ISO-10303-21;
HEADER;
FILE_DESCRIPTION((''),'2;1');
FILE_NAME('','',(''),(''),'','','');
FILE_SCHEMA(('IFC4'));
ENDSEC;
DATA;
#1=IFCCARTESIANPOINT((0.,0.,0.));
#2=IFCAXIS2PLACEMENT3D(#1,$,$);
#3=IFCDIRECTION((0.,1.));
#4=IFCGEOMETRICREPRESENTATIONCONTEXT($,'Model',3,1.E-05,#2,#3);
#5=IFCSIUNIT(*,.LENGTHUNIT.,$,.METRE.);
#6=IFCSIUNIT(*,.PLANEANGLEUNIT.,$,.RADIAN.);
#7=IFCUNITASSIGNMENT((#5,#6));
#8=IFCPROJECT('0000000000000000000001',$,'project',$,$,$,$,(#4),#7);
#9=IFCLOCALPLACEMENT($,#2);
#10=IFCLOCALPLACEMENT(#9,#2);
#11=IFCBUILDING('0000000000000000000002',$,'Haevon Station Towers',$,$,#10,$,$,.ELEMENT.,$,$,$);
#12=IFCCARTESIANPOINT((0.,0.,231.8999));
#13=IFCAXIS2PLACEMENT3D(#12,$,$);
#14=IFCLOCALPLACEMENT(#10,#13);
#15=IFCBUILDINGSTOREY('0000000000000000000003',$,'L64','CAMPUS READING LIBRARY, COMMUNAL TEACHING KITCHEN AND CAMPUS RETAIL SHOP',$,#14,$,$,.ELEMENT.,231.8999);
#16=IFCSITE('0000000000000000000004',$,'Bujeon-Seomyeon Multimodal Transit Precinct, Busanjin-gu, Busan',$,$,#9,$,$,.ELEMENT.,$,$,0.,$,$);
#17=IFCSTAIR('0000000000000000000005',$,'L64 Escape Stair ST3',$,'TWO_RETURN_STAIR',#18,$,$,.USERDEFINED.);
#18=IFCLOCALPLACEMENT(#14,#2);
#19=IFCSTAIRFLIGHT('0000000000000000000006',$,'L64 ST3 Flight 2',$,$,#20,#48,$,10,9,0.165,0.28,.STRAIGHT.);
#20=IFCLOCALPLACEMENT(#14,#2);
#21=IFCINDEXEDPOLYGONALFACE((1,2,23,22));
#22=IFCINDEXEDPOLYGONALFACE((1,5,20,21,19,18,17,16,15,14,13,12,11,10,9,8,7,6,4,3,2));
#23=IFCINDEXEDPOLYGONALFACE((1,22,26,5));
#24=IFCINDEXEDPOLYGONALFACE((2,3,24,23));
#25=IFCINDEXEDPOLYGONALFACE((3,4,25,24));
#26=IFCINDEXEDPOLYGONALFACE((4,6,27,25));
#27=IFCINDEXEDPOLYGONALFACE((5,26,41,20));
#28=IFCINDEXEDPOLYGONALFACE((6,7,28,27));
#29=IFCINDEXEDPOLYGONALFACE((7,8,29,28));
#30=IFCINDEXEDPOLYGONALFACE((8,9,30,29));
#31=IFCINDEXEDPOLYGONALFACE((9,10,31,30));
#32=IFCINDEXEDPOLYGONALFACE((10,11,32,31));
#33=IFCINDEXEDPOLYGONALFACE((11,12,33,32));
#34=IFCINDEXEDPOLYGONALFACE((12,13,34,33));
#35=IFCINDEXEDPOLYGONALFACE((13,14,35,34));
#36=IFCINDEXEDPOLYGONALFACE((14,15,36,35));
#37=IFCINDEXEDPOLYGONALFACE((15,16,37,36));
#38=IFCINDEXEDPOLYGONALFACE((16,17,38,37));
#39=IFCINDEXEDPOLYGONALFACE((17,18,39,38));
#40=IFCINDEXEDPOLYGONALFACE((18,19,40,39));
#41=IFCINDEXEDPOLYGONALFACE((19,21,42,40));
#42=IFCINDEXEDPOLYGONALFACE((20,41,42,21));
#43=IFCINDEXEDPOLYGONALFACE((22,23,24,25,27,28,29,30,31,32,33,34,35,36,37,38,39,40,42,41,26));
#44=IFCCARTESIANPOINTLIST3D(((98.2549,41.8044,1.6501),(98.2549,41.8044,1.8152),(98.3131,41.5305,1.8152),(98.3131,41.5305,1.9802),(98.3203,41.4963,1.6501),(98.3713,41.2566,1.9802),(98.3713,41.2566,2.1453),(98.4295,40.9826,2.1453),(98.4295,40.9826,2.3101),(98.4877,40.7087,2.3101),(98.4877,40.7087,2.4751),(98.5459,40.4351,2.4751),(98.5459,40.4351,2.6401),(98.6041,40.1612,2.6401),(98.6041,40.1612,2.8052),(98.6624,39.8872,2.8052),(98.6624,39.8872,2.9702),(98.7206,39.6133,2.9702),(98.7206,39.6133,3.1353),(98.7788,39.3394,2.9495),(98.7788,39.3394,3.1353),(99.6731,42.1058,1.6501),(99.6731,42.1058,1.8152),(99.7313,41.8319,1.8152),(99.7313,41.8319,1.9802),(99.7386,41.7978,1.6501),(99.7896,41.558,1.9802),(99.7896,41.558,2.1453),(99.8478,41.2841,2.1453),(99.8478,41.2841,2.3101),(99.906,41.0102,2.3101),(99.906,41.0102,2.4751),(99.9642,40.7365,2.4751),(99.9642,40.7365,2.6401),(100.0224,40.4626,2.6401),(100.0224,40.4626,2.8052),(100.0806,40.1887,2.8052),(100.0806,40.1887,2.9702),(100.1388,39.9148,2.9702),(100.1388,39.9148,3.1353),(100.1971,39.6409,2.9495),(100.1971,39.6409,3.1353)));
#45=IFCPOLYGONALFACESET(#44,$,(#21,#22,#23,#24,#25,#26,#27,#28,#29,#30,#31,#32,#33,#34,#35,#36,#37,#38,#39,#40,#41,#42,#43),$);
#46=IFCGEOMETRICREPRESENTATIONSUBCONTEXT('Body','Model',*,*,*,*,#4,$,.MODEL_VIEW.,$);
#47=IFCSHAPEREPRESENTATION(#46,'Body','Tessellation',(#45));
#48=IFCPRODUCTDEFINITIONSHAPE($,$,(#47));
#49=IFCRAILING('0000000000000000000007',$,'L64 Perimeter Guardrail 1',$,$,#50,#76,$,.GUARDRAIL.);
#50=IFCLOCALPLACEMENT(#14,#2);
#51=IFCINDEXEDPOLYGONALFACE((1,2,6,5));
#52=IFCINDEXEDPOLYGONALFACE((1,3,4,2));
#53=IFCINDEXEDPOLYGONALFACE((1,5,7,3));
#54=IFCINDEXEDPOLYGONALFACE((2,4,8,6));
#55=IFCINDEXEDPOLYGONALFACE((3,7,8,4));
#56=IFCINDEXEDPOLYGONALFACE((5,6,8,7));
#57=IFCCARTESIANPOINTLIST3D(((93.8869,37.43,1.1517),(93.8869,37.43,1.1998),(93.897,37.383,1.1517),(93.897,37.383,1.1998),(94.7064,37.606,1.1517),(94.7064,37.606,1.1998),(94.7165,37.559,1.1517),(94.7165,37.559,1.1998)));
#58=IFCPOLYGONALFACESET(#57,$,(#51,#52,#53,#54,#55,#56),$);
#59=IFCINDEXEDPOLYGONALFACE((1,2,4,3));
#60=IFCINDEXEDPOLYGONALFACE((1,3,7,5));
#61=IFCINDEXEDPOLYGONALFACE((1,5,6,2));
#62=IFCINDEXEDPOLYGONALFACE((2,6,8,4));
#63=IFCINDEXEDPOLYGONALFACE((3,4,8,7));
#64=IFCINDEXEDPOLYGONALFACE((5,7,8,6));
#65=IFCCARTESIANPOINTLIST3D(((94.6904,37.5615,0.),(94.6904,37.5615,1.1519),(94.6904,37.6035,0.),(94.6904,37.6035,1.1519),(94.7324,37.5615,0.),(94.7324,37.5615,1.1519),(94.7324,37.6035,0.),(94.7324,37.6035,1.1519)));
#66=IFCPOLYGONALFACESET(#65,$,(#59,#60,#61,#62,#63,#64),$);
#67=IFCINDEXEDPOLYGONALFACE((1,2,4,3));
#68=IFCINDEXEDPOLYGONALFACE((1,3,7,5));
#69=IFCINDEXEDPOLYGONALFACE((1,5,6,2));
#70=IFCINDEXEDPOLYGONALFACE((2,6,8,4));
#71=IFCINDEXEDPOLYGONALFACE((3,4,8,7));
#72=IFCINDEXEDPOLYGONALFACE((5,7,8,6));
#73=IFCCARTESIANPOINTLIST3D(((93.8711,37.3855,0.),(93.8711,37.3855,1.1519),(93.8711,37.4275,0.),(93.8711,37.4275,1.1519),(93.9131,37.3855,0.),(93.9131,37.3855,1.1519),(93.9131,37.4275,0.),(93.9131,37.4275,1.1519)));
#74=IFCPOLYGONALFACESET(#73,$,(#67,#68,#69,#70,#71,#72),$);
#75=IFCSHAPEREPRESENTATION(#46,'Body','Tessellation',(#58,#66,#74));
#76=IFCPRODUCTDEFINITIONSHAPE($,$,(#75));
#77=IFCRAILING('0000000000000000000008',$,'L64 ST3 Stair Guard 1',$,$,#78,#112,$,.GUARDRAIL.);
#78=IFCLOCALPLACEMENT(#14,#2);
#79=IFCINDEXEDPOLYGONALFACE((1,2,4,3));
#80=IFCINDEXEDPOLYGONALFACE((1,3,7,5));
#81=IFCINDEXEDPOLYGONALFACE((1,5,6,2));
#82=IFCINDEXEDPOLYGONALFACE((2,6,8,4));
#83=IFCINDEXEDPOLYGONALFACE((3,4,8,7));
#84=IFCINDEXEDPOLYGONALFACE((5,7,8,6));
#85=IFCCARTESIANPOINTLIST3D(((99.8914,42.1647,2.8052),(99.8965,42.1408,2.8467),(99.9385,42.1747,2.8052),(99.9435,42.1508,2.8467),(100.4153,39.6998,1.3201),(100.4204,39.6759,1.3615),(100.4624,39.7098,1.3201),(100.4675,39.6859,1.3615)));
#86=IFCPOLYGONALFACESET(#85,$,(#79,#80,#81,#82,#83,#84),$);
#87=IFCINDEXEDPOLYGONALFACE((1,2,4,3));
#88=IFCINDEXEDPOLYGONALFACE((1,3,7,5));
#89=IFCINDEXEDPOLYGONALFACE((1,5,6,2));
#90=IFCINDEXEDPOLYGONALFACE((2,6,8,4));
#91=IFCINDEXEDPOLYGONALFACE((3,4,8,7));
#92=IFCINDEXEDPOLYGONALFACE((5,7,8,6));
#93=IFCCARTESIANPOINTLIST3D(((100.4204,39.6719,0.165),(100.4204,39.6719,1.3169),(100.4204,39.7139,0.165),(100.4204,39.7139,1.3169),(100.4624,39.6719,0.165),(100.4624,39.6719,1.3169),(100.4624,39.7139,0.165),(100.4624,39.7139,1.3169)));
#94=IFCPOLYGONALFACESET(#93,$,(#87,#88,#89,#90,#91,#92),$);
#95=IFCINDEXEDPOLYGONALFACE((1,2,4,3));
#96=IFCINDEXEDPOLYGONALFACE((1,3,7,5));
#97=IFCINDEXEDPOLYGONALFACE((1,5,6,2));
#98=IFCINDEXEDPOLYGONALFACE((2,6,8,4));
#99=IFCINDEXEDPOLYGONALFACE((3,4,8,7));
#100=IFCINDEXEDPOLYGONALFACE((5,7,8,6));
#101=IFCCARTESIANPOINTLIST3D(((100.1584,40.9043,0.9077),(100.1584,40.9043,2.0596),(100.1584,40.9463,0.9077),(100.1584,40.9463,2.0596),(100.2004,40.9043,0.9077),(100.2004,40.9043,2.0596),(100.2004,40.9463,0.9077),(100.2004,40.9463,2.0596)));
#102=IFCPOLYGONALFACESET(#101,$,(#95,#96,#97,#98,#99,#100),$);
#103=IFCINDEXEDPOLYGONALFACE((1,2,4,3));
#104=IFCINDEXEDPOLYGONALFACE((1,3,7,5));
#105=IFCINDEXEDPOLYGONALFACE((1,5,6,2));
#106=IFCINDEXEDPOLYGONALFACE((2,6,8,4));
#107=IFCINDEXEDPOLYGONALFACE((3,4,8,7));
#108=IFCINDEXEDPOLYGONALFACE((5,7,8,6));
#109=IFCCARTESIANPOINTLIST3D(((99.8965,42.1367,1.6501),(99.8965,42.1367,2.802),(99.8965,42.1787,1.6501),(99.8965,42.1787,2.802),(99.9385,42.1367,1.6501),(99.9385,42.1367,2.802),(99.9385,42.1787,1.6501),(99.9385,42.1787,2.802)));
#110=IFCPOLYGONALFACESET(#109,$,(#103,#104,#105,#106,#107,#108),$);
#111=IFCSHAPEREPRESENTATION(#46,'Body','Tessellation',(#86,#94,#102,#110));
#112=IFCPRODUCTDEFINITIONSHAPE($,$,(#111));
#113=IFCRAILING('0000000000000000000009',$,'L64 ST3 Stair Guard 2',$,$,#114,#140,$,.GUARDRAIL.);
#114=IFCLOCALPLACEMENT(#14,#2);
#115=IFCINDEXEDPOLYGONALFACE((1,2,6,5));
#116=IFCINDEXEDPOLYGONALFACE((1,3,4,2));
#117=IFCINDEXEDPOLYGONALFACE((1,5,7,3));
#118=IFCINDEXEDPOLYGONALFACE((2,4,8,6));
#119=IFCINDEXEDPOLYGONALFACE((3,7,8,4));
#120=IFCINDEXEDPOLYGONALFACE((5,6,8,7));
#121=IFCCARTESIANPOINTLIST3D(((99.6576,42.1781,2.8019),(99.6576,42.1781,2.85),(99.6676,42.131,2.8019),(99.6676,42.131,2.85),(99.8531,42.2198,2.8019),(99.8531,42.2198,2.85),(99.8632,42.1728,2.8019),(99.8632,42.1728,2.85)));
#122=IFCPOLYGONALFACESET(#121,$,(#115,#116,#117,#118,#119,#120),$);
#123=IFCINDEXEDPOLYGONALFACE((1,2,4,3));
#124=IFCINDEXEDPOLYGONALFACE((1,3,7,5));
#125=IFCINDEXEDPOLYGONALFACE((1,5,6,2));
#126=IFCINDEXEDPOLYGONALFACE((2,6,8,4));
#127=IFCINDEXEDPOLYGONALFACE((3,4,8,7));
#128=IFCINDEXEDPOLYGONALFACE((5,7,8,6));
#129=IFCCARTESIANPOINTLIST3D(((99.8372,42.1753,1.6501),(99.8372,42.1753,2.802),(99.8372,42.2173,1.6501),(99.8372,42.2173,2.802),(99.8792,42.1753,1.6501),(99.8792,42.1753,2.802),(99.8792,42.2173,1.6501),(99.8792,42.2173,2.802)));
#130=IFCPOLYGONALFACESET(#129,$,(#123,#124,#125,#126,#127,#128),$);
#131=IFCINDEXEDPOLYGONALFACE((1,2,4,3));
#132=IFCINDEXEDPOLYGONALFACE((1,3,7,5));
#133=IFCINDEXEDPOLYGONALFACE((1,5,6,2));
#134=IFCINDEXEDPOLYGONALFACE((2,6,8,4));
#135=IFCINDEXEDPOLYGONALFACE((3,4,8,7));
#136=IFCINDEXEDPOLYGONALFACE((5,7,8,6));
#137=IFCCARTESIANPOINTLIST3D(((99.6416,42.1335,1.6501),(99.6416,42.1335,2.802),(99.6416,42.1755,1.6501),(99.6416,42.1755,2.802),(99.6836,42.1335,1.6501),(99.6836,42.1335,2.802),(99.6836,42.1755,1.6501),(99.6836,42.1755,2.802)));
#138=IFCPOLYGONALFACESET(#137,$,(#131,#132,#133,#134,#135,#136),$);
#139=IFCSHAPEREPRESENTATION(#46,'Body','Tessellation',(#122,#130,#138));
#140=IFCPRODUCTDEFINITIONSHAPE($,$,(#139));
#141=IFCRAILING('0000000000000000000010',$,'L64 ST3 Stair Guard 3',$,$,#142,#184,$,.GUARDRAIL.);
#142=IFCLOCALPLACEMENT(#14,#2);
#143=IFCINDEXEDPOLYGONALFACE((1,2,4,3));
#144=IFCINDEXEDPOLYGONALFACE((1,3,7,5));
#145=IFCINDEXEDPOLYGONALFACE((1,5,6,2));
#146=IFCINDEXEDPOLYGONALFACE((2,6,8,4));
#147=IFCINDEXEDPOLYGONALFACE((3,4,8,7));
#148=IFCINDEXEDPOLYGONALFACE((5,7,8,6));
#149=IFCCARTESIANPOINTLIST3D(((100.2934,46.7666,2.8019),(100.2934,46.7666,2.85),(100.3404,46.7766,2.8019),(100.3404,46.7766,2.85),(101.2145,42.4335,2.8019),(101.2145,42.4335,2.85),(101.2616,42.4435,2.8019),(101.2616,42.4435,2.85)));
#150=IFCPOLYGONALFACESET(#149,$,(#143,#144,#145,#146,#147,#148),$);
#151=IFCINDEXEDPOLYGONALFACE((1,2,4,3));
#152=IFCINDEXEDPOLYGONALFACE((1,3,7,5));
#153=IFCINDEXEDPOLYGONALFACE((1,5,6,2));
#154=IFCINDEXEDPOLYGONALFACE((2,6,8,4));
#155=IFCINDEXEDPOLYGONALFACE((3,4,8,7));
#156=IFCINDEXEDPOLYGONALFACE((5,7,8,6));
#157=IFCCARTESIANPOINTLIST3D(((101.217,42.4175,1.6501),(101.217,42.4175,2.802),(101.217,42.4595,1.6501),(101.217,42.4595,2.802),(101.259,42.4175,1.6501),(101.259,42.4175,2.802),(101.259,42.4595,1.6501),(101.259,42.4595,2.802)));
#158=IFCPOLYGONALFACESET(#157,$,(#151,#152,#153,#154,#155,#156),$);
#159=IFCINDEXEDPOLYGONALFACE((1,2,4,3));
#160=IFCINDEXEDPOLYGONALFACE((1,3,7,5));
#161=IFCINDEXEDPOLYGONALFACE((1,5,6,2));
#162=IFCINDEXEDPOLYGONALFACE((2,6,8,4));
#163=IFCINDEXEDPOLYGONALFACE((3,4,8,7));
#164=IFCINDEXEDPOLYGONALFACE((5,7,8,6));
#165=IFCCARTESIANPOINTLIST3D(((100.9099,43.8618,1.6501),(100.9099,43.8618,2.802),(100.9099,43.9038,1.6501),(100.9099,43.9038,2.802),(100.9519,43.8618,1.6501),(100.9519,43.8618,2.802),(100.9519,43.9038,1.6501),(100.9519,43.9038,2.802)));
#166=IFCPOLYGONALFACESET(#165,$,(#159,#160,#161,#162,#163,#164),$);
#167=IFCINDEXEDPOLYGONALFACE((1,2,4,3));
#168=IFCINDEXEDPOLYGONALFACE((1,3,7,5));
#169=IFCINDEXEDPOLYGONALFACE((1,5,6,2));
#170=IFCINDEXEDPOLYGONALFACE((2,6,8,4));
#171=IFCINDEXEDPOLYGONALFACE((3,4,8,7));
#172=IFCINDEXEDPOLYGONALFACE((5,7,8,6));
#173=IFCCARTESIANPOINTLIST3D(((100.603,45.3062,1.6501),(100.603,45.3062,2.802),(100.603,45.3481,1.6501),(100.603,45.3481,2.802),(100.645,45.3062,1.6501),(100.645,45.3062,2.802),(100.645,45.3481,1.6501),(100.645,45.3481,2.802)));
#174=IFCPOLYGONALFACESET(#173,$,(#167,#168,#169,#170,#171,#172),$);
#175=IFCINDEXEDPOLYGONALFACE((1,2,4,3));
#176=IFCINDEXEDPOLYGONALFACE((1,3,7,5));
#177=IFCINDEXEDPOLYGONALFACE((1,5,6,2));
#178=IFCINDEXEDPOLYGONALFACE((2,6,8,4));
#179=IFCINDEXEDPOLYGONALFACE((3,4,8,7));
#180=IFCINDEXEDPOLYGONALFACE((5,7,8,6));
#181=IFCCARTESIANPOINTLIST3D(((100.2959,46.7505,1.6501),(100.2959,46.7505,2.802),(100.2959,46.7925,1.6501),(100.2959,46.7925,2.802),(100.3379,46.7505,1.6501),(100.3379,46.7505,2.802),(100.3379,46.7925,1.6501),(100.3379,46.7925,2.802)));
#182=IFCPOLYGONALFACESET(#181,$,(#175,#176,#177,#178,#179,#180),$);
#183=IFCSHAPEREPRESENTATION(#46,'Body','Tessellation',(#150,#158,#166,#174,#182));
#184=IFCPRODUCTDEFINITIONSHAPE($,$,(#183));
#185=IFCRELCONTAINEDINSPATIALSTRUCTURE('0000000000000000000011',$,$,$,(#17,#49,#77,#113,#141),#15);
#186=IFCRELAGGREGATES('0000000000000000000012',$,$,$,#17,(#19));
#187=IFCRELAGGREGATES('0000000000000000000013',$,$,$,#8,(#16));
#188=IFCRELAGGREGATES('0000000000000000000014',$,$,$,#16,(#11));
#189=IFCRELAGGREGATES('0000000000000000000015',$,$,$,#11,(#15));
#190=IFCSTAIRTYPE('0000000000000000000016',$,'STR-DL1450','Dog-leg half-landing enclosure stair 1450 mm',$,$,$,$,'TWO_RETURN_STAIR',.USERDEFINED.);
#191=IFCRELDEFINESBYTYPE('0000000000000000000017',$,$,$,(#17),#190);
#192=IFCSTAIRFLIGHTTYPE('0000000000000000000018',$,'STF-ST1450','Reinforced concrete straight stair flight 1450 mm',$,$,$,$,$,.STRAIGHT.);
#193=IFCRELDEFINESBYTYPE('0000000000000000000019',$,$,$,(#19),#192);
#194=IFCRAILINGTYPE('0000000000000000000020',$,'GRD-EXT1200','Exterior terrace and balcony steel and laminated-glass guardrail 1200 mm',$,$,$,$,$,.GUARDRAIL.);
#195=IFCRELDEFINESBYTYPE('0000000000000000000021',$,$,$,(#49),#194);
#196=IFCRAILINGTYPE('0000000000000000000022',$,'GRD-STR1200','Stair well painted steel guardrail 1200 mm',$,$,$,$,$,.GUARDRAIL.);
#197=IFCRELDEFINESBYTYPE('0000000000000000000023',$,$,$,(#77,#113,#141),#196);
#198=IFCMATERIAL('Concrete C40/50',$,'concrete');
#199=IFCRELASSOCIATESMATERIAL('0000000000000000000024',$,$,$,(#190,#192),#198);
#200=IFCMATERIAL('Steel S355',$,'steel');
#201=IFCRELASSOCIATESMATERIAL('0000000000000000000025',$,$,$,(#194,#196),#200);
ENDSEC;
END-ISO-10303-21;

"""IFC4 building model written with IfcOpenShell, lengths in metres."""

from ifc_helpers import new_model, si_unit, direction, frame, origin, origin_2d, place, context, subcontext, project, spatial, polyline, rectangle, outline, extrude, material, type_object, element, aggregate, save


model = new_model("IFC4")

# Units and contexts
model_context = context("Model", 3, precision=1e-05, world=origin(), true_north=direction((0.0, 1.0)))
body_context = subcontext(model_context, "Body", "Model", "MODEL_VIEW")
ifc_project = project(units=[si_unit("LENGTHUNIT", "METRE"), si_unit("PLANEANGLEUNIT", "RADIAN")], contexts=[model_context])

# Site, building, storey
site_placement = place(None, origin())
site = spatial("IfcSite", under=ifc_project, at=site_placement, Name="Bujeon-Seomyeon Multimodal Transit Precinct, Busanjin-gu, Busan", CompositionType="ELEMENT", RefElevation=0.0)
building_placement = place(site_placement, origin())
building = spatial("IfcBuilding", under=site, at=building_placement, Name="Haevon Station Towers", CompositionType="ELEMENT")
storey_placement = place(building_placement, frame((0.0, 0.0, 231.8999)))
storey = spatial("IfcBuildingStorey", under=building, at=storey_placement, Name="L64", Description="CAMPUS READING LIBRARY, COMMUNAL TEACHING KITCHEN AND CAMPUS RETAIL SHOP", CompositionType="ELEMENT", Elevation=231.8999)

# Shared definitions
ifc_material_1 = material(Name="Steel S355", Category="steel")

# Shared definitions
ifc_material_2 = material(Name="Concrete C40/50", Category="concrete")

# Stair, stair flight
stair_type = type_object("IfcStairType", Name="STR-DL1450", Description="Dog-leg half-landing enclosure stair 1450 mm", ElementType="TWO_RETURN_STAIR", PredefinedType="USERDEFINED", material=ifc_material_2)
stair_placement = place(storey_placement, origin())
stair = element("IfcStair", 1, at=stair_placement, inside=storey, type_object=stair_type, Name="L64 Escape Stair ST3", ObjectType="TWO_RETURN_STAIR", PredefinedType="USERDEFINED")
stair_flight_type = type_object("IfcStairFlightType", Name="STF-ST1450", Description="Reinforced concrete straight stair flight 1450 mm", PredefinedType="STRAIGHT", material=ifc_material_2)
stair_flight_1_placement = place(storey_placement, frame((98.9639, 41.9551, 1.6501), z_axis=(0.0, 0.0, 1.0), x_axis=(0.207912, -0.978148, 0.0)))
stair_flight_1 = element("IfcStairFlight", 2, at=stair_flight_1_placement, type_object=stair_flight_type, Name="L64 ST3 Flight 2", NumberOfRisers=10, NumberOfTreads=9, PredefinedType="STRAIGHT", RiserHeight=0.165, TreadLength=0.28, context=body_context, shape_type="SweptSolid", body=[
    extrude(outline(polyline([(0.0, 0.0), (0.0, 0.165), (0.28, 0.165), (0.28, 0.3301), (0.5601, 0.3301), (0.5601, 0.4951), (0.8401, 0.4951), (0.8401, 0.6599), (1.1201, 0.6599), (1.1201, 0.825), (1.3999, 0.825), (1.3999, 0.99), (1.6799, 0.99), (1.6799, 1.155), (1.96, 1.155), (1.96, 1.3201), (2.24, 1.3201), (2.24, 1.4851), (2.52, 1.4851), (2.52, 1.6499), (2.52, 1.2993), (0.3149, 0.0), (0.0, 0.0)])), frame((0.0, 0.7251, 0.0), z_axis=(0.0, -1.0, 0.0), x_axis=(1.0, 0.0, 0.0)), (0.0, 0.0, 1.0), 1.45),
])
aggregate(stair, [stair_flight_1])

# Railings
railing_type_1 = type_object("IfcRailingType", Name="GRD-EXT1200", Description="Exterior terrace and balcony steel and laminated-glass guardrail 1200 mm", PredefinedType="GUARDRAIL", material=ifc_material_1)
railing_1_placement = place(storey_placement, frame((94.7114, 37.5825, 0.0)))
element("IfcRailing", 3, at=railing_1_placement, inside=storey, type_object=railing_type_1, Name="L64 Perimeter Guardrail 1", PredefinedType="GUARDRAIL", context=body_context, shape_type="SweptSolid", body=[
    extrude(rectangle(XDim=0.0481, YDim=0.0481, at=origin_2d()), frame((0.0, 0.0, 1.1758), z_axis=(-0.977691, -0.210046, 0.0), x_axis=(0.210046, -0.977691, 0.0)), (0.0, 0.0, 1.0), 0.8381),
    extrude(rectangle(XDim=0.042, YDim=0.042, at=origin_2d()), origin(), (0.0, 0.0, 1.0), 1.1519),
    extrude(rectangle(XDim=0.042, YDim=0.042, at=origin_2d()), frame((-0.8193, -0.176, 0.0)), (0.0, 0.0, 1.0), 1.1519),
])
railing_type_2 = type_object("IfcRailingType", Name="GRD-STR1200", Description="Stair well painted steel guardrail 1200 mm", PredefinedType="GUARDRAIL", material=ifc_material_1)
railing_2_placement = place(storey_placement, frame((100.4414, 39.6929, 0.165)))
element("IfcRailing", 4, at=railing_2_placement, inside=storey, type_object=railing_type_2, Name="L64 ST3 Stair Guard 1", PredefinedType="GUARDRAIL", context=body_context, shape_type="SweptSolid", body=[
    extrude(rectangle(XDim=0.0481, YDim=0.0481, at=origin_2d()), frame((0.0, 0.0, 1.1758), z_axis=(-0.179121, 0.842688, 0.507733), x_axis=(-0.978147, -0.207914, 0.0)), (0.0, 0.0, 1.0), 2.925),
    extrude(rectangle(XDim=0.042, YDim=0.042, at=origin_2d()), origin(), (0.0, 0.0, 1.0), 1.1519),
    extrude(rectangle(XDim=0.042, YDim=0.042, at=origin_2d()), frame((-0.262, 1.2324, 0.7427)), (0.0, 0.0, 1.0), 1.1519),
    extrude(rectangle(XDim=0.042, YDim=0.042, at=origin_2d()), frame((-0.5239, 2.4648, 1.4851)), (0.0, 0.0, 1.0), 1.1519),
])
railing_3_placement = place(storey_placement, frame((99.8582, 42.1963, 1.6501)))
element("IfcRailing", 5, at=railing_3_placement, inside=storey, type_object=railing_type_2, Name="L64 ST3 Stair Guard 2", PredefinedType="GUARDRAIL", context=body_context, shape_type="SweptSolid", body=[
    extrude(rectangle(XDim=0.0481, YDim=0.0481, at=origin_2d()), frame((0.0, 0.0, 1.1758), z_axis=(-0.977963, -0.208779, 0.0), x_axis=(0.208779, -0.977963, 0.0)), (0.0, 0.0, 1.0), 0.2),
    extrude(rectangle(XDim=0.042, YDim=0.042, at=origin_2d()), origin(), (0.0, 0.0, 1.0), 1.1519),
    extrude(rectangle(XDim=0.042, YDim=0.042, at=origin_2d()), frame((-0.1956, -0.0417, 0.0)), (0.0, 0.0, 1.0), 1.1519),
])
railing_4_placement = place(storey_placement, frame((101.238, 42.4385, 1.6501)))
element("IfcRailing", 6, at=railing_4_placement, inside=storey, type_object=railing_type_2, Name="L64 ST3 Stair Guard 3", PredefinedType="GUARDRAIL", context=body_context, shape_type="SweptSolid", body=[
    extrude(rectangle(XDim=0.0481, YDim=0.0481, at=origin_2d()), frame((0.0, 0.0, 1.1758), z_axis=(-0.20794, 0.978141, 0.0), x_axis=(-0.978141, -0.20794, 0.0)), (0.0, 0.0, 1.0), 4.4299),
    extrude(rectangle(XDim=0.042, YDim=0.042, at=origin_2d()), origin(), (0.0, 0.0, 1.0), 1.1519),
    extrude(rectangle(XDim=0.042, YDim=0.042, at=origin_2d()), frame((-0.3071, 1.4443, 0.0)), (0.0, 0.0, 1.0), 1.1519),
    extrude(rectangle(XDim=0.042, YDim=0.042, at=origin_2d()), frame((-0.614, 2.8887, 0.0)), (0.0, 0.0, 1.0), 1.1519),
    extrude(rectangle(XDim=0.042, YDim=0.042, at=origin_2d()), frame((-0.9211, 4.333, 0.0)), (0.0, 0.0, 1.0), 1.1519),
])

save(model, "model.ifc")
